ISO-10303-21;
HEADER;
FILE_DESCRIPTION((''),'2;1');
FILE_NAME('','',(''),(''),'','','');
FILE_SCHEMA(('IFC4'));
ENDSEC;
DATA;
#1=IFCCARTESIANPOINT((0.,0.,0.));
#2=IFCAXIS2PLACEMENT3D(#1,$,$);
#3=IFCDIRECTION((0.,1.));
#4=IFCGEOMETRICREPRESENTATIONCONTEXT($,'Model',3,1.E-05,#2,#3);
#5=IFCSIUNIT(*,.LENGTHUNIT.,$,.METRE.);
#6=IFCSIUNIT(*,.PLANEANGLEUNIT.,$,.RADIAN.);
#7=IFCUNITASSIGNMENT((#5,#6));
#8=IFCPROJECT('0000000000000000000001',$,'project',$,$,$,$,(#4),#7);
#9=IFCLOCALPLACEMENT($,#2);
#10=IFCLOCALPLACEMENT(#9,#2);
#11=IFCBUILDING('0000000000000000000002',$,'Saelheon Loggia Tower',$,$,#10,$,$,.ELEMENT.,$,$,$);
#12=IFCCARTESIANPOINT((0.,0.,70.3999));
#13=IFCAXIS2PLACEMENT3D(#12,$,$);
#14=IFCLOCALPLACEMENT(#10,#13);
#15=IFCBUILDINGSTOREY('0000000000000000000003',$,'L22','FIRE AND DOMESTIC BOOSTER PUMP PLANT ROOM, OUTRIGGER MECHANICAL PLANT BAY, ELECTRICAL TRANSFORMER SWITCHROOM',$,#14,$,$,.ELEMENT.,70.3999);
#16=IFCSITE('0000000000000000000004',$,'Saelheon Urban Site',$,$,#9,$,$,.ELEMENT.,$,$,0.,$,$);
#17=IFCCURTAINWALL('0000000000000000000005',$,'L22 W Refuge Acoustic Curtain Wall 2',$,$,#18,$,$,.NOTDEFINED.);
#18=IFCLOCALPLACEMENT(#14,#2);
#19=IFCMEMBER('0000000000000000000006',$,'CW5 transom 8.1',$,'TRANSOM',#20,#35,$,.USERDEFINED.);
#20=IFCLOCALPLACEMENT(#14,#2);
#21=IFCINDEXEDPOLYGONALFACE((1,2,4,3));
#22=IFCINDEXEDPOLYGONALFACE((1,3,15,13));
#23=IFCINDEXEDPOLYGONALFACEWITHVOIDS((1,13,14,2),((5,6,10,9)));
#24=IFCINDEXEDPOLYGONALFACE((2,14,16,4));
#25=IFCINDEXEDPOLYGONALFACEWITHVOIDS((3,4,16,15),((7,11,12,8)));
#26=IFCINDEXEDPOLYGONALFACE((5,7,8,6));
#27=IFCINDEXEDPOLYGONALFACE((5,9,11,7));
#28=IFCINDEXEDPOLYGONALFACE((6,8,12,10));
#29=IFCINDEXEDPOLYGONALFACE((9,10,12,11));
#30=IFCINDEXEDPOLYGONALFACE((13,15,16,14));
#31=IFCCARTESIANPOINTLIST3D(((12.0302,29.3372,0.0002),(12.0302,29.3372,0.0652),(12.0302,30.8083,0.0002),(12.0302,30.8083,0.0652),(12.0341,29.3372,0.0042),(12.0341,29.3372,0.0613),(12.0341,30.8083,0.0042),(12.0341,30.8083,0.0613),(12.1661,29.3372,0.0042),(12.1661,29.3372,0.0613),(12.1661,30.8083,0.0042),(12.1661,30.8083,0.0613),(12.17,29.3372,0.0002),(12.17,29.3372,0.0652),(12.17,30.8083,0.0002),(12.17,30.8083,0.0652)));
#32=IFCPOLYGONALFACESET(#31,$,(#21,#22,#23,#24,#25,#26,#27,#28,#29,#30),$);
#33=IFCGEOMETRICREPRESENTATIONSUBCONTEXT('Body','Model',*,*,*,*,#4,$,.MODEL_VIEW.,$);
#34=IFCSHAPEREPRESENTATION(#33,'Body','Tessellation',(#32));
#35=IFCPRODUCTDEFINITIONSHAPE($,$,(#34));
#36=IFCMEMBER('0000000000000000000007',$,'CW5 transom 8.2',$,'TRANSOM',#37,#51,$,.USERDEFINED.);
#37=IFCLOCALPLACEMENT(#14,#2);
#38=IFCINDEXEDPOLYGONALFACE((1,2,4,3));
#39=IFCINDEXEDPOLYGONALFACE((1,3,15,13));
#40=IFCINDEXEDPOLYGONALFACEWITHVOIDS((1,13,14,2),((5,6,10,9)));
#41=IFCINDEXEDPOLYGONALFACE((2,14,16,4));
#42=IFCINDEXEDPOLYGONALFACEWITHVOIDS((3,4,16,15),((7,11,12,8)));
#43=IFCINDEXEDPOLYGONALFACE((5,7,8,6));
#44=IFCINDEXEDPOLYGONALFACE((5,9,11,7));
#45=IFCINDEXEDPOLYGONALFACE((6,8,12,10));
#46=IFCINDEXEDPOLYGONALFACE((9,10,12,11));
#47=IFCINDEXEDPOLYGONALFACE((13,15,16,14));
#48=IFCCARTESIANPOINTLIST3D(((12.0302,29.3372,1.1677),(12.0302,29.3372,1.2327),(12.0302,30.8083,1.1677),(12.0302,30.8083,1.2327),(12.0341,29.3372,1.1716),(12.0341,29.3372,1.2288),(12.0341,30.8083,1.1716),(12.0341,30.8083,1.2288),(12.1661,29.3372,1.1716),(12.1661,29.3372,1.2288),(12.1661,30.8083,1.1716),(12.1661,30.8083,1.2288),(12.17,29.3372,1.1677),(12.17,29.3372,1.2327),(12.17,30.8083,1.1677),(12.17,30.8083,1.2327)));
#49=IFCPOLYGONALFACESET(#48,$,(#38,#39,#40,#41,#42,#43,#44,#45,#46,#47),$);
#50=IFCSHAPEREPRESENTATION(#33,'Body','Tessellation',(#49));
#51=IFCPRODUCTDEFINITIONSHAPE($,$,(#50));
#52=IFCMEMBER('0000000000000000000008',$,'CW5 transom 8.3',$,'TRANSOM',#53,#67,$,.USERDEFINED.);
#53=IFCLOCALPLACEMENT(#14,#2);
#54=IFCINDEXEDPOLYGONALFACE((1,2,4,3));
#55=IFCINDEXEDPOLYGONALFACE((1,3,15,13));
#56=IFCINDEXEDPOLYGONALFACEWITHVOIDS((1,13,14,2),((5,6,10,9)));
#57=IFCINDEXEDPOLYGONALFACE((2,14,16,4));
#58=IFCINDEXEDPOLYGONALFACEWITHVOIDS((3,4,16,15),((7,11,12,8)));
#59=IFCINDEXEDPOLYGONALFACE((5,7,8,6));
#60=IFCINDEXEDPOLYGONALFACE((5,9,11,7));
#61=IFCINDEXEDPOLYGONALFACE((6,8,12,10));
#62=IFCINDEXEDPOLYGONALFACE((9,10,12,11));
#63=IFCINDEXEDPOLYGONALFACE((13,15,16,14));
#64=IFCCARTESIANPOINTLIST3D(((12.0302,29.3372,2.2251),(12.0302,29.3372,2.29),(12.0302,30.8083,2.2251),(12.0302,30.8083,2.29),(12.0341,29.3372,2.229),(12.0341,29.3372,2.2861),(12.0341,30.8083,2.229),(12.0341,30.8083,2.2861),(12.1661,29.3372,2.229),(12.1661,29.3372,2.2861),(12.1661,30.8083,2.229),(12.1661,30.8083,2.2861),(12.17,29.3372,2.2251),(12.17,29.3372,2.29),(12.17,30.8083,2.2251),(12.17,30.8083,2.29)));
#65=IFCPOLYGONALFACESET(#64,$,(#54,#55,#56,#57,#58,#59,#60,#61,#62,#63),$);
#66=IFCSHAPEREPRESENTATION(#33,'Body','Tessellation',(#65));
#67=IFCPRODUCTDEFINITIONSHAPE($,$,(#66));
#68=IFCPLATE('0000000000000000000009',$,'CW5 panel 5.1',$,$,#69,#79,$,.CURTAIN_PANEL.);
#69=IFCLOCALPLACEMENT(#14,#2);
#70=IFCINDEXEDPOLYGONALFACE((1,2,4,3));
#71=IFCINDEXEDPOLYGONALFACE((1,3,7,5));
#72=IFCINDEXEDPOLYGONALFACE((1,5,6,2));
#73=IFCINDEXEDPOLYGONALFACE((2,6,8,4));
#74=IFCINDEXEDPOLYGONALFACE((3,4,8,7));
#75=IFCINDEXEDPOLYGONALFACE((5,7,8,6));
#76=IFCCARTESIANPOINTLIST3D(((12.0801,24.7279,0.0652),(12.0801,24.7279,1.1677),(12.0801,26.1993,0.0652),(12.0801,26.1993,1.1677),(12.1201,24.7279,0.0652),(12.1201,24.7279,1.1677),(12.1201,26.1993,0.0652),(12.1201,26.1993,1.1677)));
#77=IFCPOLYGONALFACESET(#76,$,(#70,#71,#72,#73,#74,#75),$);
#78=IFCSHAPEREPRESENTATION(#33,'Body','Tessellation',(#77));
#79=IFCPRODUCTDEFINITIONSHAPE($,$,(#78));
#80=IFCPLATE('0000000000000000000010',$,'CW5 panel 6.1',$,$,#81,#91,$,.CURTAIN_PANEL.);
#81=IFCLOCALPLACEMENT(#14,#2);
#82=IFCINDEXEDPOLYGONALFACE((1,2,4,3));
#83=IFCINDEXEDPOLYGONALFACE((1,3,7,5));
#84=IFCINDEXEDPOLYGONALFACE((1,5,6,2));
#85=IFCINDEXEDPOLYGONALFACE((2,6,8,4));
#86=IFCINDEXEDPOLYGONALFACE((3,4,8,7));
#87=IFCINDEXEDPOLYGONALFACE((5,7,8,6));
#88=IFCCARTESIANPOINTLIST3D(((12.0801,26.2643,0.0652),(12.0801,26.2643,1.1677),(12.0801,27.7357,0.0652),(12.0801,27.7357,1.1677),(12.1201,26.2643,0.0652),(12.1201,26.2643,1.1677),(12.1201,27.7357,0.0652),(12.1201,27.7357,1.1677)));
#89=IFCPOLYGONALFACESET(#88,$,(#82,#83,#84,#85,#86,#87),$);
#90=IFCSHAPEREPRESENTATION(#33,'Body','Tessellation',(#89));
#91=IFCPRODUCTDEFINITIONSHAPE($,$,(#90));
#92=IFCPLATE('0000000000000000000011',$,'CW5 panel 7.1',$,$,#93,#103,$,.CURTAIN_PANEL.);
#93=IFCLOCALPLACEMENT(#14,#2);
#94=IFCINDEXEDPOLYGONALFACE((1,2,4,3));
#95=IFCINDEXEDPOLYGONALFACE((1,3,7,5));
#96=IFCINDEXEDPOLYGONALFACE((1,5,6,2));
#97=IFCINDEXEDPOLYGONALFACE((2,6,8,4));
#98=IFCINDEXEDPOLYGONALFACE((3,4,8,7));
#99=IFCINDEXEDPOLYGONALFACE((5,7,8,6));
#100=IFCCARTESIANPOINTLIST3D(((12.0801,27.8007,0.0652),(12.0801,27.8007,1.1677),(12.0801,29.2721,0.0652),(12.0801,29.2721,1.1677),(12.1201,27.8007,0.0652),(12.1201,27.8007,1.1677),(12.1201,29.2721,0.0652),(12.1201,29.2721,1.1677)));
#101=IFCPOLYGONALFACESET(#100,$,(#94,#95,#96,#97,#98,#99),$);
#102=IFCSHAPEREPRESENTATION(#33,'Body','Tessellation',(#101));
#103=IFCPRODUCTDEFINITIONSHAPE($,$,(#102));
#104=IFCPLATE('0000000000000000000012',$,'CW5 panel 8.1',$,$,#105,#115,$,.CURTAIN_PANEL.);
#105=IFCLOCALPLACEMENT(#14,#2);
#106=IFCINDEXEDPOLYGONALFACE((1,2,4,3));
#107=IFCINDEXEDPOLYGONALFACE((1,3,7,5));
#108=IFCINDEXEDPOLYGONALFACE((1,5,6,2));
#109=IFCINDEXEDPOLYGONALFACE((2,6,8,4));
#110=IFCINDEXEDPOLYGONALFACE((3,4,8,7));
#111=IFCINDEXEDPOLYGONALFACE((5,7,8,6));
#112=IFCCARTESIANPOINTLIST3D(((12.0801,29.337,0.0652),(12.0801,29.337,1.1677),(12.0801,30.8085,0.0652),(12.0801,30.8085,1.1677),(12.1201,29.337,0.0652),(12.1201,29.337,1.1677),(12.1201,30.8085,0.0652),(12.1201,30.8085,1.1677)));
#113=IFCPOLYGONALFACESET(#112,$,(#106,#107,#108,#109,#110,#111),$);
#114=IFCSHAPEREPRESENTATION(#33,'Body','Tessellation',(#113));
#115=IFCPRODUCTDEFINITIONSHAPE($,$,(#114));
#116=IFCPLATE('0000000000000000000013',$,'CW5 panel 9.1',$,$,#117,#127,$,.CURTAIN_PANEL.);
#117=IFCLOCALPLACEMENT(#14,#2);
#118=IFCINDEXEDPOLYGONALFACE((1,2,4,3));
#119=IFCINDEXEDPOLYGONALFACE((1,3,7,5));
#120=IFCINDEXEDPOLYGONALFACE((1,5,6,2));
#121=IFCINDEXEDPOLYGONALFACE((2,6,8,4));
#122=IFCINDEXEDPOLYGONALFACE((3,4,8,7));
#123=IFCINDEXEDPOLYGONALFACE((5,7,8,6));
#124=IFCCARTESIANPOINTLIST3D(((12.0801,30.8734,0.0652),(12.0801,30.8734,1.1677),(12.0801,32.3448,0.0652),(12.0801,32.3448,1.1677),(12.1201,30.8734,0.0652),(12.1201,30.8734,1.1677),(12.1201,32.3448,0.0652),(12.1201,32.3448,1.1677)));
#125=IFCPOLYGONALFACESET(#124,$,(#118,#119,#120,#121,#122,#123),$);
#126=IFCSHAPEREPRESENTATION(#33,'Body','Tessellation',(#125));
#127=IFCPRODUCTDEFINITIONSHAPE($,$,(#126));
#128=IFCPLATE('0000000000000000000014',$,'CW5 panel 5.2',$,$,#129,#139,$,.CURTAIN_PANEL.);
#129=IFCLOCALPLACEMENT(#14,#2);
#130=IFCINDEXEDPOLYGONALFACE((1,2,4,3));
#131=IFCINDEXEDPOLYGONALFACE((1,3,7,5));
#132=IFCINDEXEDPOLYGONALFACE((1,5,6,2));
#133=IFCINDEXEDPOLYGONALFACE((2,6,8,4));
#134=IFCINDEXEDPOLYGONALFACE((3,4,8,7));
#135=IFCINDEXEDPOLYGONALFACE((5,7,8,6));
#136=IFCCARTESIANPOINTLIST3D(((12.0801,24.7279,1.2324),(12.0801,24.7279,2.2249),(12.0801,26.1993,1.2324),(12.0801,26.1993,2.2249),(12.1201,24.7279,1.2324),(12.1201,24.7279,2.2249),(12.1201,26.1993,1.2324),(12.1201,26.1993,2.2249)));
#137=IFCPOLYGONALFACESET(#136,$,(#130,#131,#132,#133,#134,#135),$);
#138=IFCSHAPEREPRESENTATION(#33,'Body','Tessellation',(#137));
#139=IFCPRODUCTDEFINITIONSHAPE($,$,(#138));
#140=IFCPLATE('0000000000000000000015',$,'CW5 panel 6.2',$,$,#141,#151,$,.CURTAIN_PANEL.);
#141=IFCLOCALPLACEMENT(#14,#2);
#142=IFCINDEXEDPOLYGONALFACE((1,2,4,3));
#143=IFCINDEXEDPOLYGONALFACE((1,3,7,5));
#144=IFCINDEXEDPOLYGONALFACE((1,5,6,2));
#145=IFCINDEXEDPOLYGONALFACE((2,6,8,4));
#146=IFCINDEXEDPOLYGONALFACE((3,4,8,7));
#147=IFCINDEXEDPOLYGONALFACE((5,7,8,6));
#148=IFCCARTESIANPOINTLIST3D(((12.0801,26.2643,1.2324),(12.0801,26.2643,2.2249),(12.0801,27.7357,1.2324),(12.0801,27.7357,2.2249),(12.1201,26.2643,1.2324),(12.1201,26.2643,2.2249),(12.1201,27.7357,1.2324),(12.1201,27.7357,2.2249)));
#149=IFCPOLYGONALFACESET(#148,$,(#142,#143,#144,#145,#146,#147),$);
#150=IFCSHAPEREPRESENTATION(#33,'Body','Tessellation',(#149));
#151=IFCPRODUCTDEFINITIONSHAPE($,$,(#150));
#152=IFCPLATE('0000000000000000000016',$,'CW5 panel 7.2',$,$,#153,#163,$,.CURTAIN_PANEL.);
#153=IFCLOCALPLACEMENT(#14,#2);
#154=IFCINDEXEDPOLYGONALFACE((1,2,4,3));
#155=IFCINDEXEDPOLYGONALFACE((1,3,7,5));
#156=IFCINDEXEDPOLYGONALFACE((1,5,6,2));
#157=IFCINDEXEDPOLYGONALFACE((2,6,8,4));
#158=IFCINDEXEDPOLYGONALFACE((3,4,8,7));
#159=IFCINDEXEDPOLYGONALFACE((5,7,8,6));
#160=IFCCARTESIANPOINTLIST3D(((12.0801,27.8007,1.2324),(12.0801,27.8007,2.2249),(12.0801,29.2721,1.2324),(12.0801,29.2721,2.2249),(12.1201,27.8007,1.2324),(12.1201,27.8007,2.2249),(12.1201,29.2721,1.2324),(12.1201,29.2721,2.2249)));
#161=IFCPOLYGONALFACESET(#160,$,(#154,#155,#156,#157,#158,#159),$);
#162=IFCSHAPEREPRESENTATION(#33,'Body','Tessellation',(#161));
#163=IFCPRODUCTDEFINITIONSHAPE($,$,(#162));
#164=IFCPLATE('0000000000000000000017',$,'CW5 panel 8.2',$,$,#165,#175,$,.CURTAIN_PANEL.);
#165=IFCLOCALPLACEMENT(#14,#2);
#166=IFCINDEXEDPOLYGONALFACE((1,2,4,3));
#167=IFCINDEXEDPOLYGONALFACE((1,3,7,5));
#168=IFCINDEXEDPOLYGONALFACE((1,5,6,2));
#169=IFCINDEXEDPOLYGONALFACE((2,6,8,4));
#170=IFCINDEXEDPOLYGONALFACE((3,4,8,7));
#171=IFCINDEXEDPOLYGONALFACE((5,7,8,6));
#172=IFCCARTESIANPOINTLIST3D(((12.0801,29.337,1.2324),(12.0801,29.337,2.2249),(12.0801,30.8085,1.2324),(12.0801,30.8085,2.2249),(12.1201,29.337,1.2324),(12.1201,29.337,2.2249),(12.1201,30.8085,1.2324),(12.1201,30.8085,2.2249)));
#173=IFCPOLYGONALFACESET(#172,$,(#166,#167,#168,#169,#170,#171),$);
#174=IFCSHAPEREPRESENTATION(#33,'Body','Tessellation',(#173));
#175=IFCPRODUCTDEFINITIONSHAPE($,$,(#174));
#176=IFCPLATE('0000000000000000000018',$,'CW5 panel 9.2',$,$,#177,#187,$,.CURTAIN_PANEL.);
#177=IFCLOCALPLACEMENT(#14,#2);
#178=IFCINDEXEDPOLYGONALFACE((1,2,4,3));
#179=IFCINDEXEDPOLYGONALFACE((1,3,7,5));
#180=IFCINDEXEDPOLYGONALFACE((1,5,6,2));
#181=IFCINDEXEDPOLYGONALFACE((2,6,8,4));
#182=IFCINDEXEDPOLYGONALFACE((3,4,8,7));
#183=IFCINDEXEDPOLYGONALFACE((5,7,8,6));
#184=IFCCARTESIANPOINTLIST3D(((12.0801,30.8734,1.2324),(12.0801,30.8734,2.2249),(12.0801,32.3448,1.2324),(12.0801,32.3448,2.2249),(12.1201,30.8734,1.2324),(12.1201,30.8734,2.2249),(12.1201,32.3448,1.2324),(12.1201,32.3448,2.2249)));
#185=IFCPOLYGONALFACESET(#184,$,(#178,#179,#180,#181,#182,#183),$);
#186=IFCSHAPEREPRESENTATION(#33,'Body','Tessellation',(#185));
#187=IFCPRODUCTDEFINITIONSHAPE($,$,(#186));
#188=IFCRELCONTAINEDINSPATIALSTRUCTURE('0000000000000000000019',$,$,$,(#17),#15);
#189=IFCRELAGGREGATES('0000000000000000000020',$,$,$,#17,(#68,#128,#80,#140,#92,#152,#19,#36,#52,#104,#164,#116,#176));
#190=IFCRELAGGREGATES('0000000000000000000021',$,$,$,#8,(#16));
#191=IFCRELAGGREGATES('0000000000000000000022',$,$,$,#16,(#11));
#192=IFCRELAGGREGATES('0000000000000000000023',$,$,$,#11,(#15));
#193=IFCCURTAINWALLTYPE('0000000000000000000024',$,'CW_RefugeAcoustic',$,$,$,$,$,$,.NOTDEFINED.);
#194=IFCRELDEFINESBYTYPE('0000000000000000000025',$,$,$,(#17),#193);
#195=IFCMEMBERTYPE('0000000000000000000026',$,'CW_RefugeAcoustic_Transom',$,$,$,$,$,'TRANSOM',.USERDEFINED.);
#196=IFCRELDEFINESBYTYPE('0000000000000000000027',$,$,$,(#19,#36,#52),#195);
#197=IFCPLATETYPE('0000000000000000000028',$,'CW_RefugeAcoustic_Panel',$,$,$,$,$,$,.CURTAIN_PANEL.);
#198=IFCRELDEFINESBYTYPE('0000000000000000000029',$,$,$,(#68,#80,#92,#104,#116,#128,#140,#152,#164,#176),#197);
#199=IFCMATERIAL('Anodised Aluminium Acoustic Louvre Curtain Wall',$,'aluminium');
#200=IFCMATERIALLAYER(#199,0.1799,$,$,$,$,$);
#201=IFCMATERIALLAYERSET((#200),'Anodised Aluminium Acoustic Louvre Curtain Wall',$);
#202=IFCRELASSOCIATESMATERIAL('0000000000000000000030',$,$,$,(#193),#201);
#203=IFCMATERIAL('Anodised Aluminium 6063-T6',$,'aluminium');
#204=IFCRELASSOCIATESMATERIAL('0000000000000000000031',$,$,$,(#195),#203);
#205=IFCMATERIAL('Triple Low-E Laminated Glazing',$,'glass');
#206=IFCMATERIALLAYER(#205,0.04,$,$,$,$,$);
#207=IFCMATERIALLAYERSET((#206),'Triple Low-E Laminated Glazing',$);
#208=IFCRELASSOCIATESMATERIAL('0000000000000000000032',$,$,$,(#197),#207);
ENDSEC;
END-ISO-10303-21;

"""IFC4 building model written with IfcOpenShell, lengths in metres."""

from ifc_helpers import new_model, si_unit, direction, frame, origin, origin_2d, place, context, subcontext, project, spatial, rectangle, hollow_rectangle, extrude, source, transform, mapped, material, layer, layer_set, material_profile, profile_set, type_object, element, aggregate, save


model = new_model("IFC4")

# Units and contexts
model_context = context("Model", 3, precision=1e-05, world=origin(), true_north=direction((0.0, 1.0)))
body_context = subcontext(model_context, "Body", "Model", "MODEL_VIEW")
ifc_project = project(units=[si_unit("LENGTHUNIT", "METRE"), si_unit("PLANEANGLEUNIT", "RADIAN")], contexts=[model_context])

# Site, building, storey
site_placement = place(None, origin())
site = spatial("IfcSite", under=ifc_project, at=site_placement, Name="Saelheon Urban Site", CompositionType="ELEMENT", RefElevation=0.0)
building_placement = place(site_placement, origin())
building = spatial("IfcBuilding", under=site, at=building_placement, Name="Saelheon Loggia Tower", CompositionType="ELEMENT")
storey_placement = place(building_placement, frame((0.0, 0.0, 70.3999)))
storey = spatial("IfcBuildingStorey", under=building, at=storey_placement, Name="L22", Description="FIRE AND DOMESTIC BOOSTER PUMP PLANT ROOM, OUTRIGGER MECHANICAL PLANT BAY, ELECTRICAL TRANSFORMER SWITCHROOM", CompositionType="ELEMENT", Elevation=70.3999)

# Curtain wall, members, plates
ifc_material_1 = material(Name="Anodised Aluminium Acoustic Louvre Curtain Wall", Category="aluminium")
ifc_layer_1 = layer(ifc_material_1, 0.1799)
ifc_layer_set_1 = layer_set([ifc_layer_1], Name="Anodised Aluminium Acoustic Louvre Curtain Wall")
curtain_wall_type = type_object("IfcCurtainWallType", Name="CW_RefugeAcoustic", PredefinedType="NOTDEFINED", material=ifc_layer_set_1)
curtain_wall_placement = place(storey_placement, origin())
curtain_wall = element("IfcCurtainWall", 1, at=curtain_wall_placement, inside=storey, type_object=curtain_wall_type, Name="L22 W Refuge Acoustic Curtain Wall 2", PredefinedType="NOTDEFINED")
ifc_material_2 = material(Name="Anodised Aluminium 6063-T6", Category="aluminium")
ifc_material_profile_1 = material_profile(ifc_material_2, hollow_rectangle(XDim=0.0649, YDim=0.1399, WallThickness=0.0039, at=origin_2d()), Name="RHS-140x65x4")
ifc_profile_set_1 = profile_set([ifc_material_profile_1], Name="Anodised Aluminium 6063-T6")
member_type_1 = type_object("IfcMemberType", Name="CW_RefugeAcoustic_Transom", ElementType="TRANSOM", PredefinedType="USERDEFINED", material=ifc_profile_set_1)
shared_shape_1 = source(origin(), body_context, "Body", "SweptSolid", [
    extrude(hollow_rectangle(XDim=0.0649, YDim=0.1399, WallThickness=0.0039, at=origin_2d()), origin(), (0.0, 0.0, 1.0), 1.4712),
])
member_1_placement = place(storey_placement, frame((12.1001, 29.3372, 0.0327), z_axis=(0.0, 1.0, 0.0), x_axis=(0.0, 0.0, 1.0)))
member_1 = element("IfcMember", 2, at=member_1_placement, type_object=member_type_1, Name="CW5 transom 8.1", ObjectType="TRANSOM", PredefinedType="USERDEFINED", context=body_context, shape_type="MappedRepresentation", body=[
    mapped(shared_shape_1, transform((0.0, 0.0, 0.0), scale=1.0)),
])
member_2_placement = place(storey_placement, frame((12.1001, 29.3372, 1.2002), z_axis=(0.0, 1.0, 0.0), x_axis=(0.0, 0.0, 1.0)))
member_2 = element("IfcMember", 3, at=member_2_placement, type_object=member_type_1, Name="CW5 transom 8.2", ObjectType="TRANSOM", PredefinedType="USERDEFINED", context=body_context, shape_type="MappedRepresentation", body=[
    mapped(shared_shape_1, transform((0.0, 0.0, 0.0), scale=1.0)),
])
member_3_placement = place(storey_placement, frame((12.1001, 29.3372, 2.2576), z_axis=(0.0, 1.0, 0.0), x_axis=(0.0, 0.0, 1.0)))
member_3 = element("IfcMember", 4, at=member_3_placement, type_object=member_type_1, Name="CW5 transom 8.3", ObjectType="TRANSOM", PredefinedType="USERDEFINED", context=body_context, shape_type="MappedRepresentation", body=[
    mapped(shared_shape_1, transform((0.0, 0.0, 0.0), scale=1.0)),
])
ifc_material_3 = material(Name="Triple Low-E Laminated Glazing", Category="glass")
ifc_layer_2 = layer(ifc_material_3, 0.04)
ifc_layer_set_2 = layer_set([ifc_layer_2], Name="Triple Low-E Laminated Glazing")
plate_type = type_object("IfcPlateType", Name="CW_RefugeAcoustic_Panel", PredefinedType="CURTAIN_PANEL", material=ifc_layer_set_2)
shared_shape_2 = source(origin(), body_context, "Body", "SweptSolid", [
    extrude(rectangle(XDim=1.4714, YDim=0.04, at=origin_2d()), origin(), (0.0, 0.0, 1.0), 1.1025),
])
plate_1_placement = place(storey_placement, frame((12.1001, 25.4636, 0.0652), z_axis=(0.0, 0.0, 1.0), x_axis=(0.0, 1.0, 0.0)))
plate_1 = element("IfcPlate", 5, at=plate_1_placement, type_object=plate_type, Name="CW5 panel 5.1", PredefinedType="CURTAIN_PANEL", context=body_context, shape_type="MappedRepresentation", body=[
    mapped(shared_shape_2, transform((0.0, 0.0, 0.0), scale=1.0)),
])
plate_2_placement = place(storey_placement, frame((12.1001, 27.0, 0.0652), z_axis=(0.0, 0.0, 1.0), x_axis=(0.0, 1.0, 0.0)))
plate_2 = element("IfcPlate", 6, at=plate_2_placement, type_object=plate_type, Name="CW5 panel 6.1", PredefinedType="CURTAIN_PANEL", context=body_context, shape_type="MappedRepresentation", body=[
    mapped(shared_shape_2, transform((0.0, 0.0, 0.0), scale=1.0)),
])
plate_3_placement = place(storey_placement, frame((12.1001, 28.5364, 0.0652), z_axis=(0.0, 0.0, 1.0), x_axis=(0.0, 1.0, 0.0)))
plate_3 = element("IfcPlate", 7, at=plate_3_placement, type_object=plate_type, Name="CW5 panel 7.1", PredefinedType="CURTAIN_PANEL", context=body_context, shape_type="MappedRepresentation", body=[
    mapped(shared_shape_2, transform((0.0, 0.0, 0.0), scale=1.0)),
])
plate_4_placement = place(storey_placement, frame((12.1001, 30.0728, 0.0652), z_axis=(0.0, 0.0, 1.0), x_axis=(0.0, 1.0, 0.0)))
plate_4 = element("IfcPlate", 8, at=plate_4_placement, type_object=plate_type, Name="CW5 panel 8.1", PredefinedType="CURTAIN_PANEL", context=body_context, shape_type="MappedRepresentation", body=[
    mapped(shared_shape_2, transform((0.0, 0.0, 0.0), scale=1.0)),
])
plate_5_placement = place(storey_placement, frame((12.1001, 31.6091, 0.0652), z_axis=(0.0, 0.0, 1.0), x_axis=(0.0, 1.0, 0.0)))
plate_5 = element("IfcPlate", 9, at=plate_5_placement, type_object=plate_type, Name="CW5 panel 9.1", PredefinedType="CURTAIN_PANEL", context=body_context, shape_type="MappedRepresentation", body=[
    mapped(shared_shape_2, transform((0.0, 0.0, 0.0), scale=1.0)),
])
shared_shape_3 = source(origin(), body_context, "Body", "SweptSolid", [
    extrude(rectangle(XDim=1.4714, YDim=0.04, at=origin_2d()), origin(), (0.0, 0.0, 1.0), 0.9924),
])
plate_6_placement = place(storey_placement, frame((12.1001, 25.4636, 1.2324), z_axis=(0.0, 0.0, 1.0), x_axis=(0.0, 1.0, 0.0)))
plate_6 = element("IfcPlate", 10, at=plate_6_placement, type_object=plate_type, Name="CW5 panel 5.2", PredefinedType="CURTAIN_PANEL", context=body_context, shape_type="MappedRepresentation", body=[
    mapped(shared_shape_3, transform((0.0, 0.0, 0.0), scale=1.0)),
])
plate_7_placement = place(storey_placement, frame((12.1001, 27.0, 1.2324), z_axis=(0.0, 0.0, 1.0), x_axis=(0.0, 1.0, 0.0)))
plate_7 = element("IfcPlate", 11, at=plate_7_placement, type_object=plate_type, Name="CW5 panel 6.2", PredefinedType="CURTAIN_PANEL", context=body_context, shape_type="MappedRepresentation", body=[
    mapped(shared_shape_3, transform((0.0, 0.0, 0.0), scale=1.0)),
])
plate_8_placement = place(storey_placement, frame((12.1001, 28.5364, 1.2324), z_axis=(0.0, 0.0, 1.0), x_axis=(0.0, 1.0, 0.0)))
plate_8 = element("IfcPlate", 12, at=plate_8_placement, type_object=plate_type, Name="CW5 panel 7.2", PredefinedType="CURTAIN_PANEL", context=body_context, shape_type="MappedRepresentation", body=[
    mapped(shared_shape_3, transform((0.0, 0.0, 0.0), scale=1.0)),
])
plate_9_placement = place(storey_placement, frame((12.1001, 30.0728, 1.2324), z_axis=(0.0, 0.0, 1.0), x_axis=(0.0, 1.0, 0.0)))
plate_9 = element("IfcPlate", 13, at=plate_9_placement, type_object=plate_type, Name="CW5 panel 8.2", PredefinedType="CURTAIN_PANEL", context=body_context, shape_type="MappedRepresentation", body=[
    mapped(shared_shape_3, transform((0.0, 0.0, 0.0), scale=1.0)),
])
plate_10_placement = place(storey_placement, frame((12.1001, 31.6091, 1.2324), z_axis=(0.0, 0.0, 1.0), x_axis=(0.0, 1.0, 0.0)))
plate_10 = element("IfcPlate", 14, at=plate_10_placement, type_object=plate_type, Name="CW5 panel 9.2", PredefinedType="CURTAIN_PANEL", context=body_context, shape_type="MappedRepresentation", body=[
    mapped(shared_shape_3, transform((0.0, 0.0, 0.0), scale=1.0)),
])
aggregate(curtain_wall, [plate_1, plate_6, plate_2, plate_7, plate_3, plate_8, member_1, member_2, member_3, plate_4, plate_9, plate_5, plate_10])

save(model, "model.ifc")
